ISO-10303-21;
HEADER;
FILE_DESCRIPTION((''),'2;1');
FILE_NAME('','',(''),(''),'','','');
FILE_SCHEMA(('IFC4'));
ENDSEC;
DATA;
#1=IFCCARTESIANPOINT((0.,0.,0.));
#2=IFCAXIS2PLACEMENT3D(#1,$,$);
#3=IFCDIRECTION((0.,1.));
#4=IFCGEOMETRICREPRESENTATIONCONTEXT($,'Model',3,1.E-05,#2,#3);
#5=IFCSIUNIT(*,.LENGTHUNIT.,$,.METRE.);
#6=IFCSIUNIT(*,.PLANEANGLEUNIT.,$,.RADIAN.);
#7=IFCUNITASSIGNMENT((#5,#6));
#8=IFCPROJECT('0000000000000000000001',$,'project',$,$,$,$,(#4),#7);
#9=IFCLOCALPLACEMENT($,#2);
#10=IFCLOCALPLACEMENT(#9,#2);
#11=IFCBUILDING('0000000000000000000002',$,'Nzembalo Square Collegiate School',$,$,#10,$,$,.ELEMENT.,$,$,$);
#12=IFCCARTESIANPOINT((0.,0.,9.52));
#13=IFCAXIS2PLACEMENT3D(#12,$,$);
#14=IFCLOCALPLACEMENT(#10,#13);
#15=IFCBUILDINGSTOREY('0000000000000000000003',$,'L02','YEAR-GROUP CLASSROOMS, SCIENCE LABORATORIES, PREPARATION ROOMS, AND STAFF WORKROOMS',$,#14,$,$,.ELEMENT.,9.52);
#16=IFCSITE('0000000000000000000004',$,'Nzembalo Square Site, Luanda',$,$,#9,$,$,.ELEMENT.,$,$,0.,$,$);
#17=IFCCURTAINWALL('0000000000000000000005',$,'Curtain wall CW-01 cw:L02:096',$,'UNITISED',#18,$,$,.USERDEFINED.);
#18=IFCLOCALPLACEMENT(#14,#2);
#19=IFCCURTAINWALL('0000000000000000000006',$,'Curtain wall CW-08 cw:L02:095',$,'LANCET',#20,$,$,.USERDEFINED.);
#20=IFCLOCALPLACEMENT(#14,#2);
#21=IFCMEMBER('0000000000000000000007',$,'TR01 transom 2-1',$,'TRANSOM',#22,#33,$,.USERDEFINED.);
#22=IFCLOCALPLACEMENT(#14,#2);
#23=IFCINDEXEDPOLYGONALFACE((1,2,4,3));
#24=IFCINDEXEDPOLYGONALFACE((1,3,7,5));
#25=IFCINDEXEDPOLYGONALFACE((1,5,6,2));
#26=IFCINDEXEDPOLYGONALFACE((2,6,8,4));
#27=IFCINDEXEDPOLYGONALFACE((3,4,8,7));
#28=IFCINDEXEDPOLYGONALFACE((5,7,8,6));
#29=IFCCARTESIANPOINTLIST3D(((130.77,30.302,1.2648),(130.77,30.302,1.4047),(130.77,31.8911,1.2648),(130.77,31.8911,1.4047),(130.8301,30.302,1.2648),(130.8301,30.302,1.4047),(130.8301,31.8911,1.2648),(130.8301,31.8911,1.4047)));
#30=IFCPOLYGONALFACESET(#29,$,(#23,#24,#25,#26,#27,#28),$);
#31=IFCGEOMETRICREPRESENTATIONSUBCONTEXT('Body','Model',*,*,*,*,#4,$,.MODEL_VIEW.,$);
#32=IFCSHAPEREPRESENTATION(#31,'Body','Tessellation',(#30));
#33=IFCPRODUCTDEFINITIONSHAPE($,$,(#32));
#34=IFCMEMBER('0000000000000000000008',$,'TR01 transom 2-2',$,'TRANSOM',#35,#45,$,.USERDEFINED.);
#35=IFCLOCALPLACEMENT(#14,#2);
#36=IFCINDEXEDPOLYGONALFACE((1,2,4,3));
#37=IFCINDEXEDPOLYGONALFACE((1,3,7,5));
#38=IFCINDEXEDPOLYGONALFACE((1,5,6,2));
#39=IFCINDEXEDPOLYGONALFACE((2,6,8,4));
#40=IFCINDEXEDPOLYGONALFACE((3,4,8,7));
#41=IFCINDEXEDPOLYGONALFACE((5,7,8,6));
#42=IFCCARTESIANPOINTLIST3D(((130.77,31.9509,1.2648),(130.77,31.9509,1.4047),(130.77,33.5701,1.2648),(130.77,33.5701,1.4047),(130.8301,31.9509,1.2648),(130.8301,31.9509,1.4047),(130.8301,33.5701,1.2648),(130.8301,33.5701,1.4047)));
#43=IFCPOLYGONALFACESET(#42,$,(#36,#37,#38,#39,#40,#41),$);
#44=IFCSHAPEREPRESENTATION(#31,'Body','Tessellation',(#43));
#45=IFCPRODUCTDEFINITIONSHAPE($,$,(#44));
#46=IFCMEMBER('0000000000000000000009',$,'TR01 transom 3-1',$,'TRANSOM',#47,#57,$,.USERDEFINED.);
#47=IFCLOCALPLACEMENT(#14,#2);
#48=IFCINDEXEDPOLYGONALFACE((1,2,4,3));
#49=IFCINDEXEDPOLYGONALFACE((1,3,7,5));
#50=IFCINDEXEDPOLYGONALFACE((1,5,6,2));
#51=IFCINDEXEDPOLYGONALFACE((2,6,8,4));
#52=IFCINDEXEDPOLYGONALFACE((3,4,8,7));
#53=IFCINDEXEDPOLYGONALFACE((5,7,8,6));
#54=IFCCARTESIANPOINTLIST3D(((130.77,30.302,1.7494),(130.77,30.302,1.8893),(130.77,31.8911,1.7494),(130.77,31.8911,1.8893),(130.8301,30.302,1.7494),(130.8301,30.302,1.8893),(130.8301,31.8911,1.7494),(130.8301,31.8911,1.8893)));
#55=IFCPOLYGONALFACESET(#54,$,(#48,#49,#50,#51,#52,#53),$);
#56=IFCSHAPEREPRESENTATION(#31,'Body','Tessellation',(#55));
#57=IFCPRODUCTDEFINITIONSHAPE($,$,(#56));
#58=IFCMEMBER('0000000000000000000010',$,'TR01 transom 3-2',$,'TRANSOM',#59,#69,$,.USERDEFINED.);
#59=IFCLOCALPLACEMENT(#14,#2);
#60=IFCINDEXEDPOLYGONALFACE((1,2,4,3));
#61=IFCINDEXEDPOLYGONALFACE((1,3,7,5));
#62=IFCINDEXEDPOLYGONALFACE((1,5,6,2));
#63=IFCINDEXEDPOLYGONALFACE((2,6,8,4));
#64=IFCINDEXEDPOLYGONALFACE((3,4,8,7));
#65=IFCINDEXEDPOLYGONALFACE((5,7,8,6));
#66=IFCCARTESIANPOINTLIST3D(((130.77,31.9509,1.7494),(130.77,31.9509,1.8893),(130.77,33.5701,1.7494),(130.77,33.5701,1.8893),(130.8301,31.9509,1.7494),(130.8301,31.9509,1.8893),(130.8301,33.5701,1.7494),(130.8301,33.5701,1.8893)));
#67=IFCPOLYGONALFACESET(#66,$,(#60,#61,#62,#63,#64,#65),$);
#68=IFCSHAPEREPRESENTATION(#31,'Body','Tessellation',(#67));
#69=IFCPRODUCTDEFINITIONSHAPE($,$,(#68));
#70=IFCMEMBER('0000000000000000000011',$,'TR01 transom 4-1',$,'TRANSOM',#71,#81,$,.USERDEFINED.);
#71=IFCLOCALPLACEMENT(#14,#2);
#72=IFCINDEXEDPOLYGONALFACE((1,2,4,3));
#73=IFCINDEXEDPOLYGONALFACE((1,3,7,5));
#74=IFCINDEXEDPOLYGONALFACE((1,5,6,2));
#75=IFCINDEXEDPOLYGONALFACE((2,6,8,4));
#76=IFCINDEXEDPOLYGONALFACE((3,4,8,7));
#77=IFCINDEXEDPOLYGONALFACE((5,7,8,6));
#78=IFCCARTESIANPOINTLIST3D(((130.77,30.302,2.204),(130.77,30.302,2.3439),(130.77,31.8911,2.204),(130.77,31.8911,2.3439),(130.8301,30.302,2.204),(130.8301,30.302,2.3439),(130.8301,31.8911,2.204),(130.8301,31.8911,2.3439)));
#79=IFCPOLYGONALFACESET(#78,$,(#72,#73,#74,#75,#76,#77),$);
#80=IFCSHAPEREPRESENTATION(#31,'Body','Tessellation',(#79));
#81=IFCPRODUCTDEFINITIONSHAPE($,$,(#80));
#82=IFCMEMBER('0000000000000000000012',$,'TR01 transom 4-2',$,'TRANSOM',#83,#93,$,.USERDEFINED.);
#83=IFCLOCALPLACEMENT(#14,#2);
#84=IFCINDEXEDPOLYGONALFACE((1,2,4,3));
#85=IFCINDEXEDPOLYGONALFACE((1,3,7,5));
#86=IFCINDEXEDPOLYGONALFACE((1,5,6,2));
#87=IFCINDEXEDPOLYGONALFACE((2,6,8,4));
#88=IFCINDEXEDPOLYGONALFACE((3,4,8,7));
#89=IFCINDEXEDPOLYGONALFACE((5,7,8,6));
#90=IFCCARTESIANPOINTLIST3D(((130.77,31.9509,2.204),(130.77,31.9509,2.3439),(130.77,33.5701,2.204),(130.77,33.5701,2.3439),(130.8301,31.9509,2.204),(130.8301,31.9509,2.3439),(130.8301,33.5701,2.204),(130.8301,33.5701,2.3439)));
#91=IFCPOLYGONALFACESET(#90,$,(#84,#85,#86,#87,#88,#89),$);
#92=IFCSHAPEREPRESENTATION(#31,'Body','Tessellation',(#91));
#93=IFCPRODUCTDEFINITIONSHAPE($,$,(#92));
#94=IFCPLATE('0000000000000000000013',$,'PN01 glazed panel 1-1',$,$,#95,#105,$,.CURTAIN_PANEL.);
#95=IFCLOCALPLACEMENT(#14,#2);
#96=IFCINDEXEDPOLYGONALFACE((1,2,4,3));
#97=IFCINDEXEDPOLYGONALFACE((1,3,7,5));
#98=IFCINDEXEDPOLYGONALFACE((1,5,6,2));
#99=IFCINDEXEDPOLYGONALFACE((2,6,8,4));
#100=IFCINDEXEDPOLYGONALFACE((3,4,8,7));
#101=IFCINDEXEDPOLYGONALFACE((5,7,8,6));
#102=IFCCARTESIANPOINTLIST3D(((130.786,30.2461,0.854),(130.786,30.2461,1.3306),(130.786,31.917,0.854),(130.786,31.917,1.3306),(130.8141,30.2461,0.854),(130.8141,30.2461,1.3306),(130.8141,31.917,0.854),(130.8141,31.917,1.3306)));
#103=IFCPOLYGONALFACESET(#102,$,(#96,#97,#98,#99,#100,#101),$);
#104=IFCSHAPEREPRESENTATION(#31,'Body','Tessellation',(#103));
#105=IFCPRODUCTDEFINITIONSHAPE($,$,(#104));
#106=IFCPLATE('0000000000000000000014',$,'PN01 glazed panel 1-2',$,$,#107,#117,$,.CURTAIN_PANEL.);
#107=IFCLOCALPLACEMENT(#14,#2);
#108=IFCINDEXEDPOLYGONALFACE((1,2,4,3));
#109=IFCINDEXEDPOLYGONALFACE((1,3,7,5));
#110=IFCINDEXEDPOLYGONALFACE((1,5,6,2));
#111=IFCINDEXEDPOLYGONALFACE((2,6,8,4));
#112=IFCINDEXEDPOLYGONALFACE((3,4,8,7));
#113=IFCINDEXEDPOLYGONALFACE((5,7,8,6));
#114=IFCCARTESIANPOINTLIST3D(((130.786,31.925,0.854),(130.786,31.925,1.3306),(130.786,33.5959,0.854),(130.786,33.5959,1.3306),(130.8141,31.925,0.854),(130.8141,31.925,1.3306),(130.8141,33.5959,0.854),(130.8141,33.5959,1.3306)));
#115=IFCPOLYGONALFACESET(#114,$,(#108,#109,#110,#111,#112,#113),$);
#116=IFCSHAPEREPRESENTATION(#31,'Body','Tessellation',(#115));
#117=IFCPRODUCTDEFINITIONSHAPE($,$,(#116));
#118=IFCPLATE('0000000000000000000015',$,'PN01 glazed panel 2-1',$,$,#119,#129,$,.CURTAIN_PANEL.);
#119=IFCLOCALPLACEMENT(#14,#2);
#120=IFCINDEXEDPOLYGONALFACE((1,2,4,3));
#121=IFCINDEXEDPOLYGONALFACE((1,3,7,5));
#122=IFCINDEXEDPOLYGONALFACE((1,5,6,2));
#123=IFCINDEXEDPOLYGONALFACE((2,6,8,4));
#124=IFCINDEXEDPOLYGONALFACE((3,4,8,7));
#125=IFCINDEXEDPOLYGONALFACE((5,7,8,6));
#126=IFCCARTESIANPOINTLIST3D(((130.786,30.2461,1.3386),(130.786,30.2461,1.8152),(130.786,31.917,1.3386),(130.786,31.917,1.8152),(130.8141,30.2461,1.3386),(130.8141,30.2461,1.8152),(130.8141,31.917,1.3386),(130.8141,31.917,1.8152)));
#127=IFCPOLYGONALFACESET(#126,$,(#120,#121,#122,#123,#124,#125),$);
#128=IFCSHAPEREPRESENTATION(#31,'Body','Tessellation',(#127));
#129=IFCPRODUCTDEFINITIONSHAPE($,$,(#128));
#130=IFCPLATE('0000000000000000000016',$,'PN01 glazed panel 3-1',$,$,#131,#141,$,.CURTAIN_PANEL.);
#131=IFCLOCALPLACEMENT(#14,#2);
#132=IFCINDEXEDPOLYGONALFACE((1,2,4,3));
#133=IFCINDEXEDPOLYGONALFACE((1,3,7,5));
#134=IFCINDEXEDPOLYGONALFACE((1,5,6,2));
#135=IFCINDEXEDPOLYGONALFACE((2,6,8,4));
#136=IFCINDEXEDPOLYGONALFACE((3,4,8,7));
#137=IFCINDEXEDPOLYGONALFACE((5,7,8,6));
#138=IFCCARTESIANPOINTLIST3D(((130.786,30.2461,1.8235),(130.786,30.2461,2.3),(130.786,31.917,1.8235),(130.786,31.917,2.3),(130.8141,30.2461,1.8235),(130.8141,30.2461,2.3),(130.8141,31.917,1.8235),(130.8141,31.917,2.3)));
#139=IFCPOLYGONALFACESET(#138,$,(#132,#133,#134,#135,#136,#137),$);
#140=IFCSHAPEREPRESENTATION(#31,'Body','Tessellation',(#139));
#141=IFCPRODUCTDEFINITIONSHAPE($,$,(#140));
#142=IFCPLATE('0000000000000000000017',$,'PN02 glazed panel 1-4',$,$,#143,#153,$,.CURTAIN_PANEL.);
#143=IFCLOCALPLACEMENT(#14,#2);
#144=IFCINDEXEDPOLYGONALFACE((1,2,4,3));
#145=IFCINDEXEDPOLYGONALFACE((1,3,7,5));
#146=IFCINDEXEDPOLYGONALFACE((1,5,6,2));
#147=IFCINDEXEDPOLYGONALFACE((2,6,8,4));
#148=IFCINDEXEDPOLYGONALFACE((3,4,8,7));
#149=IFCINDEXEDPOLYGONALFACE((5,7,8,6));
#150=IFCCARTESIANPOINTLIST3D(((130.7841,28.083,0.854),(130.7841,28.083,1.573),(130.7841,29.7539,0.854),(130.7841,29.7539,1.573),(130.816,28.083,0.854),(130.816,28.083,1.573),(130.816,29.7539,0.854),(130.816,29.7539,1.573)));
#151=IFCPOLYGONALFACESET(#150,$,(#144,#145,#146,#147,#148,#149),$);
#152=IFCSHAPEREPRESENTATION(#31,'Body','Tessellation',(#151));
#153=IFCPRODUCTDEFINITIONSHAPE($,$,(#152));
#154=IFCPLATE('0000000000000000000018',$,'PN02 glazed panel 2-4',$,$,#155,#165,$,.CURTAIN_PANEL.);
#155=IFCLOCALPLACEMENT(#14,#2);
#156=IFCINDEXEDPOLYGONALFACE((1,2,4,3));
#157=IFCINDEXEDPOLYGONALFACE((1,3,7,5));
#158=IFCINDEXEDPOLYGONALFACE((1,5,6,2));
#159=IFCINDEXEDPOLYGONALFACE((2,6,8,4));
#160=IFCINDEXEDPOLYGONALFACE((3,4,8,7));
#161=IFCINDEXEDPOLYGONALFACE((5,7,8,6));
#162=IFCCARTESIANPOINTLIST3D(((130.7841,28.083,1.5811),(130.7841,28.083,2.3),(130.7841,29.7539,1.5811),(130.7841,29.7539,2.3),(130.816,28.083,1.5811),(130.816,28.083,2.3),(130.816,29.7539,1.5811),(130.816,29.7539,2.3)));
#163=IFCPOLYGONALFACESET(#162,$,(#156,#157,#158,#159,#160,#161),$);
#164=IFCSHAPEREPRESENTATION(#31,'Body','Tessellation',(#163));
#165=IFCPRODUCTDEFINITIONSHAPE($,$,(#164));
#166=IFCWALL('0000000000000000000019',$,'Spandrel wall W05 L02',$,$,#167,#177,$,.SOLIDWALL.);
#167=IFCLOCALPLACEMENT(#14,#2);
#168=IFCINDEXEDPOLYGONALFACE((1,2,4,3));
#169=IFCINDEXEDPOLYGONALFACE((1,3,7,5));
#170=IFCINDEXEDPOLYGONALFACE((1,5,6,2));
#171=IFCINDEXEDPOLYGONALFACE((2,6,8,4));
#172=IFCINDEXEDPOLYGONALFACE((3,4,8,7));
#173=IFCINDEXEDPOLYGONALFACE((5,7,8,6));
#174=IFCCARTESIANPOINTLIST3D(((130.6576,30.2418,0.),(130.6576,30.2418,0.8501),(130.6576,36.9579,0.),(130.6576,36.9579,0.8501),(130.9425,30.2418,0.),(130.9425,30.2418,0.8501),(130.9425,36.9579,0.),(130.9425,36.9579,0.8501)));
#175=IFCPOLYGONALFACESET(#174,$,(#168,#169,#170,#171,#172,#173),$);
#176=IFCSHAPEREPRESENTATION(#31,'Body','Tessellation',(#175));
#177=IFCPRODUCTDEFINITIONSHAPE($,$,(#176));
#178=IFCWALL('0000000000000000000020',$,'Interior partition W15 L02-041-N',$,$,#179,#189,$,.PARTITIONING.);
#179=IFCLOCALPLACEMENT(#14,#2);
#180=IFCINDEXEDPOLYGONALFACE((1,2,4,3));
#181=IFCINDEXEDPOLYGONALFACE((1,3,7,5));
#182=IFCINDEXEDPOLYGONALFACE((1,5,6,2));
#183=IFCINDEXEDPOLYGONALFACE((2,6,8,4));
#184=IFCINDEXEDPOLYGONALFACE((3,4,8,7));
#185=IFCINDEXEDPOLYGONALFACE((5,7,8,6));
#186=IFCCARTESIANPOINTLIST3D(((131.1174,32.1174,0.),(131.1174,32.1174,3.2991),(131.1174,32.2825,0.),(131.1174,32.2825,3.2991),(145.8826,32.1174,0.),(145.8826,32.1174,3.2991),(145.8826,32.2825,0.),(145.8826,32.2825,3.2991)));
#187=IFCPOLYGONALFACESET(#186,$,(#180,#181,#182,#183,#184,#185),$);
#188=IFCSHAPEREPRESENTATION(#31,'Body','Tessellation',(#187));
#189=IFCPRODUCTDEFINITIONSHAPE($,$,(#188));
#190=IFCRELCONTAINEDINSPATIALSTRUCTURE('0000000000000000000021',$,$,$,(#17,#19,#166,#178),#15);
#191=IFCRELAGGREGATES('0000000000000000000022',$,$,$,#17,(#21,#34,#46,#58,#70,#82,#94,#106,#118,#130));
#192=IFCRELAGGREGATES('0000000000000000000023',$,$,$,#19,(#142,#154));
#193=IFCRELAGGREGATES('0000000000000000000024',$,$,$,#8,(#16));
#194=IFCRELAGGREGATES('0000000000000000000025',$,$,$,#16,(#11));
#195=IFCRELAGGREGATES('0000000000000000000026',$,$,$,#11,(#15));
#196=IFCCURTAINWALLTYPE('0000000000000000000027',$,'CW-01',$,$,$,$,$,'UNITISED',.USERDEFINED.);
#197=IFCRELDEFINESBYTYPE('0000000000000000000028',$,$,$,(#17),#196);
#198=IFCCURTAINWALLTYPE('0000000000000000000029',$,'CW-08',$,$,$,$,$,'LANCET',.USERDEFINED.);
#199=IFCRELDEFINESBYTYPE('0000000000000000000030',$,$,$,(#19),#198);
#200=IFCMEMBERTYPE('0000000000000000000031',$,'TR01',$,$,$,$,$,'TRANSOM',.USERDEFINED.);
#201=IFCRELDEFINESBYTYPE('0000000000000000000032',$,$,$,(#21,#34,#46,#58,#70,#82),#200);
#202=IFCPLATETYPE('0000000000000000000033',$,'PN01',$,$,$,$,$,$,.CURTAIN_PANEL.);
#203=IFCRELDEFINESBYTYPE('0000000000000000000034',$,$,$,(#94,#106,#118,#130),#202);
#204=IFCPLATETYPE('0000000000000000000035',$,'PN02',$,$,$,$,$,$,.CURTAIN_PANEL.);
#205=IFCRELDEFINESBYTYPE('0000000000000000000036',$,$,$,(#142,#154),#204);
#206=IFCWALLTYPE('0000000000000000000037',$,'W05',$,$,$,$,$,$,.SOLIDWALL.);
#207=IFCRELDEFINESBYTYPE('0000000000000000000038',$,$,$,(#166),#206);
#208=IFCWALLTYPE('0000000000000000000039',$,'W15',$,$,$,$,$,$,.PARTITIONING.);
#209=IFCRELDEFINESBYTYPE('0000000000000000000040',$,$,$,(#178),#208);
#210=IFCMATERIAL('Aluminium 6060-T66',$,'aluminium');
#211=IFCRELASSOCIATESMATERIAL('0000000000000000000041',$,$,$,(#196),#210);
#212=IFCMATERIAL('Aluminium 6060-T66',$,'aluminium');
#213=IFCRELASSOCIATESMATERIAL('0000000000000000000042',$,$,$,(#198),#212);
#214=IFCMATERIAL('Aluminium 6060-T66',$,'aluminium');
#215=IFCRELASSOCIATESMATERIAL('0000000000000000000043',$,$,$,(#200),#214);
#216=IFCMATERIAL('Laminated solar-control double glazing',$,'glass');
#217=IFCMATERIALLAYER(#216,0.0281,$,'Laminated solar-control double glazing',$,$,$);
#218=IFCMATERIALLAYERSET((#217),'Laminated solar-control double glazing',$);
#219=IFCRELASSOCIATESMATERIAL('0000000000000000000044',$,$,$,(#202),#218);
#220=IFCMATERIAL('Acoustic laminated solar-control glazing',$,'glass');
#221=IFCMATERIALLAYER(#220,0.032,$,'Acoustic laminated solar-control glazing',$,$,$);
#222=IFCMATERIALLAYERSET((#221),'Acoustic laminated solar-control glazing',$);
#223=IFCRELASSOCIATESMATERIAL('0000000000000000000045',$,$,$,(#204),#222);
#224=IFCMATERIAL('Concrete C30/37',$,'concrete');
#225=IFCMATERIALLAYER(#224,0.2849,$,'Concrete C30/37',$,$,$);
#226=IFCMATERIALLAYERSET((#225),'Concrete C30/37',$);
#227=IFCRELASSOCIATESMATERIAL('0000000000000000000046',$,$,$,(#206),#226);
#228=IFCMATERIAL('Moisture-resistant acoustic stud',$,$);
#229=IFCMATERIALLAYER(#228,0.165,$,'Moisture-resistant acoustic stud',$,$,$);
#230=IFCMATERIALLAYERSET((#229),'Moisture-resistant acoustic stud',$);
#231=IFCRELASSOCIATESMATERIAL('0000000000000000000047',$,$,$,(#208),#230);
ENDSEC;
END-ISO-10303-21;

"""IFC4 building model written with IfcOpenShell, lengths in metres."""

from ifc_helpers import new_model, si_unit, direction, frame, frame_2d, origin, origin_2d, place, context, subcontext, project, spatial, rectangle, extrude, material, layer, layer_set, material_profile, profile_set, type_object, element, aggregate, save


model = new_model("IFC4")

# Units and contexts
model_context = context("Model", 3, precision=1e-05, world=origin(), true_north=direction((0.0, 1.0)))
body_context = subcontext(model_context, "Body", "Model", "MODEL_VIEW")
ifc_project = project(units=[si_unit("LENGTHUNIT", "METRE"), si_unit("PLANEANGLEUNIT", "RADIAN")], contexts=[model_context])

# Site, building, storey
site_placement = place(None, origin())
site = spatial("IfcSite", under=ifc_project, at=site_placement, Name="Nzembalo Square Site, Luanda", CompositionType="ELEMENT", RefElevation=0.0)
building_placement = place(site_placement, origin())
building = spatial("IfcBuilding", under=site, at=building_placement, Name="Nzembalo Square Collegiate School", CompositionType="ELEMENT")
storey_placement = place(building_placement, frame((0.0, 0.0, 9.52)))
storey = spatial("IfcBuildingStorey", under=building, at=storey_placement, Name="L02", Description="YEAR-GROUP CLASSROOMS, SCIENCE LABORATORIES, PREPARATION ROOMS, AND STAFF WORKROOMS", CompositionType="ELEMENT", Elevation=9.52)

# Curtain wall
ifc_material_1 = material(Name="Aluminium 6060-T66", Category="aluminium")
curtain_wall_type_1 = type_object("IfcCurtainWallType", Name="CW-01", ElementType="UNITISED", PredefinedType="USERDEFINED", material=ifc_material_1)
curtain_wall_1_placement = place(storey_placement, origin())
curtain_wall_1 = element("IfcCurtainWall", 1, at=curtain_wall_1_placement, inside=storey, type_object=curtain_wall_type_1, Name="Curtain wall CW-01 cw:L02:096", ObjectType="UNITISED", PredefinedType="USERDEFINED")

# Curtain wall
ifc_material_2 = material(Name="Aluminium 6060-T66", Category="aluminium")
curtain_wall_type_2 = type_object("IfcCurtainWallType", Name="CW-08", ElementType="LANCET", PredefinedType="USERDEFINED", material=ifc_material_2)
curtain_wall_2_placement = place(storey_placement, origin())
curtain_wall_2 = element("IfcCurtainWall", 2, at=curtain_wall_2_placement, inside=storey, type_object=curtain_wall_type_2, Name="Curtain wall CW-08 cw:L02:095", ObjectType="LANCET", PredefinedType="USERDEFINED")

# Members
ifc_material_3 = material(Name="Aluminium 6060-T66", Category="aluminium")
ifc_material_profile_1 = material_profile(ifc_material_3, rectangle(XDim=0.0601, YDim=0.1399, at=origin_2d()), Name="ALU T60x140")
ifc_profile_set_1 = profile_set([ifc_material_profile_1], Name="Aluminium 6060-T66")
member_type_1 = type_object("IfcMemberType", Name="TR01", ElementType="TRANSOM", PredefinedType="USERDEFINED", material=ifc_profile_set_1)
member_1_placement = place(storey_placement, frame((130.8, 30.302, 1.3347), z_axis=(0.0, 1.0, 0.0), x_axis=(-1.0, 0.0, 0.0)))
member_1 = element("IfcMember", 3, at=member_1_placement, type_object=member_type_1, Name="TR01 transom 2-1", ObjectType="TRANSOM", PredefinedType="USERDEFINED", context=body_context, shape_type="SweptSolid", body=[
    extrude(rectangle(XDim=0.0601, YDim=0.1399, at=origin_2d()), origin(), (0.0, 0.0, 1.0), 1.5891),
])
member_2_placement = place(storey_placement, frame((130.8, 31.9509, 1.3347), z_axis=(0.0, 1.0, 0.0), x_axis=(-1.0, 0.0, 0.0)))
member_2 = element("IfcMember", 4, at=member_2_placement, type_object=member_type_1, Name="TR01 transom 2-2", ObjectType="TRANSOM", PredefinedType="USERDEFINED", context=body_context, shape_type="SweptSolid", body=[
    extrude(rectangle(XDim=0.0601, YDim=0.1399, at=origin_2d()), origin(), (0.0, 0.0, 1.0), 1.6191),
])
member_3_placement = place(storey_placement, frame((130.8, 30.302, 1.8193), z_axis=(0.0, 1.0, 0.0), x_axis=(-1.0, 0.0, 0.0)))
member_3 = element("IfcMember", 5, at=member_3_placement, type_object=member_type_1, Name="TR01 transom 3-1", ObjectType="TRANSOM", PredefinedType="USERDEFINED", context=body_context, shape_type="SweptSolid", body=[
    extrude(rectangle(XDim=0.0601, YDim=0.1399, at=origin_2d()), origin(), (0.0, 0.0, 1.0), 1.5891),
])
member_4_placement = place(storey_placement, frame((130.8, 31.9509, 1.8193), z_axis=(0.0, 1.0, 0.0), x_axis=(-1.0, 0.0, 0.0)))
member_4 = element("IfcMember", 6, at=member_4_placement, type_object=member_type_1, Name="TR01 transom 3-2", ObjectType="TRANSOM", PredefinedType="USERDEFINED", context=body_context, shape_type="SweptSolid", body=[
    extrude(rectangle(XDim=0.0601, YDim=0.1399, at=origin_2d()), origin(), (0.0, 0.0, 1.0), 1.6191),
])
member_5_placement = place(storey_placement, frame((130.8, 30.302, 2.2739), z_axis=(0.0, 1.0, 0.0), x_axis=(-1.0, 0.0, 0.0)))
member_5 = element("IfcMember", 7, at=member_5_placement, type_object=member_type_1, Name="TR01 transom 4-1", ObjectType="TRANSOM", PredefinedType="USERDEFINED", context=body_context, shape_type="SweptSolid", body=[
    extrude(rectangle(XDim=0.0601, YDim=0.1399, at=origin_2d()), origin(), (0.0, 0.0, 1.0), 1.5891),
])
member_6_placement = place(storey_placement, frame((130.8, 31.9509, 2.2739), z_axis=(0.0, 1.0, 0.0), x_axis=(-1.0, 0.0, 0.0)))
member_6 = element("IfcMember", 8, at=member_6_placement, type_object=member_type_1, Name="TR01 transom 4-2", ObjectType="TRANSOM", PredefinedType="USERDEFINED", context=body_context, shape_type="SweptSolid", body=[
    extrude(rectangle(XDim=0.0601, YDim=0.1399, at=origin_2d()), origin(), (0.0, 0.0, 1.0), 1.6191),
])

# Plates
ifc_material_4 = material(Name="Laminated solar-control double glazing", Category="glass")
ifc_layer_1 = layer(ifc_material_4, 0.0281, Name="Laminated solar-control double glazing")
ifc_layer_set_1 = layer_set([ifc_layer_1], Name="Laminated solar-control double glazing")
plate_type_1 = type_object("IfcPlateType", Name="PN01", PredefinedType="CURTAIN_PANEL", material=ifc_layer_set_1)
plate_1_placement = place(storey_placement, frame((130.8, 31.0815, 0.854), z_axis=(0.0, 0.0, 1.0), x_axis=(0.0, 1.0, 0.0)))
plate_1 = element("IfcPlate", 9, at=plate_1_placement, type_object=plate_type_1, Name="PN01 glazed panel 1-1", PredefinedType="CURTAIN_PANEL", context=body_context, shape_type="SweptSolid", body=[
    extrude(rectangle(XDim=1.6709, YDim=0.0281, at=origin_2d()), origin(), (0.0, 0.0, 1.0), 0.4766),
])
plate_2_placement = place(storey_placement, frame((130.8, 32.7605, 0.854), z_axis=(0.0, 0.0, 1.0), x_axis=(0.0, 1.0, 0.0)))
plate_2 = element("IfcPlate", 10, at=plate_2_placement, type_object=plate_type_1, Name="PN01 glazed panel 1-2", PredefinedType="CURTAIN_PANEL", context=body_context, shape_type="SweptSolid", body=[
    extrude(rectangle(XDim=1.6709, YDim=0.0281, at=origin_2d()), origin(), (0.0, 0.0, 1.0), 0.4766),
])
plate_3_placement = place(storey_placement, frame((130.8, 31.0815, 1.3386), z_axis=(0.0, 0.0, 1.0), x_axis=(0.0, 1.0, 0.0)))
plate_3 = element("IfcPlate", 11, at=plate_3_placement, type_object=plate_type_1, Name="PN01 glazed panel 2-1", PredefinedType="CURTAIN_PANEL", context=body_context, shape_type="SweptSolid", body=[
    extrude(rectangle(XDim=1.6709, YDim=0.0281, at=origin_2d()), origin(), (0.0, 0.0, 1.0), 0.4766),
])
plate_4_placement = place(storey_placement, frame((130.8, 31.0815, 1.8235), z_axis=(0.0, 0.0, 1.0), x_axis=(0.0, 1.0, 0.0)))
plate_4 = element("IfcPlate", 12, at=plate_4_placement, type_object=plate_type_1, Name="PN01 glazed panel 3-1", PredefinedType="CURTAIN_PANEL", context=body_context, shape_type="SweptSolid", body=[
    extrude(rectangle(XDim=1.6709, YDim=0.0281, at=origin_2d()), origin(), (0.0, 0.0, 1.0), 0.4766),
])
aggregate(curtain_wall_1, [member_1, member_2, member_3, member_4, member_5, member_6, plate_1, plate_2, plate_3, plate_4])
ifc_material_5 = material(Name="Acoustic laminated solar-control glazing", Category="glass")
ifc_layer_2 = layer(ifc_material_5, 0.032, Name="Acoustic laminated solar-control glazing")
ifc_layer_set_2 = layer_set([ifc_layer_2], Name="Acoustic laminated solar-control glazing")
plate_type_2 = type_object("IfcPlateType", Name="PN02", PredefinedType="CURTAIN_PANEL", material=ifc_layer_set_2)
plate_5_placement = place(storey_placement, frame((130.8, 28.9185, 0.854), z_axis=(0.0, 0.0, 1.0), x_axis=(0.0, 1.0, 0.0)))
plate_5 = element("IfcPlate", 13, at=plate_5_placement, type_object=plate_type_2, Name="PN02 glazed panel 1-4", PredefinedType="CURTAIN_PANEL", context=body_context, shape_type="SweptSolid", body=[
    extrude(rectangle(XDim=1.6709, YDim=0.032, at=origin_2d()), origin(), (0.0, 0.0, 1.0), 0.719),
])
plate_6_placement = place(storey_placement, frame((130.8, 28.9185, 1.5811), z_axis=(0.0, 0.0, 1.0), x_axis=(0.0, 1.0, 0.0)))
plate_6 = element("IfcPlate", 14, at=plate_6_placement, type_object=plate_type_2, Name="PN02 glazed panel 2-4", PredefinedType="CURTAIN_PANEL", context=body_context, shape_type="SweptSolid", body=[
    extrude(rectangle(XDim=1.6709, YDim=0.032, at=origin_2d()), origin(), (0.0, 0.0, 1.0), 0.719),
])
aggregate(curtain_wall_2, [plate_5, plate_6])

# Walls
ifc_material_6 = material(Name="Concrete C30/37", Category="concrete")
ifc_layer_3 = layer(ifc_material_6, 0.2849, Name="Concrete C30/37")
ifc_layer_set_3 = layer_set([ifc_layer_3], Name="Concrete C30/37")
wall_type_1 = type_object("IfcWallType", Name="W05", PredefinedType="SOLIDWALL", material=ifc_layer_set_3)
wall_1_placement = place(storey_placement, frame((130.8, 30.2419, 0.0), z_axis=(0.0, 0.0, 1.0), x_axis=(0.0, 1.0, 0.0)))
element("IfcWall", 15, at=wall_1_placement, inside=storey, type_object=wall_type_1, Name="Spandrel wall W05 L02", PredefinedType="SOLIDWALL", context=body_context, shape_type="SweptSolid", body=[
    extrude(rectangle(XDim=6.7161, YDim=0.2849, at=frame_2d((3.3579, 0.0))), origin(), (0.0, 0.0, 1.0), 0.8501),
])
ifc_material_7 = material(Name="Moisture-resistant acoustic stud")
ifc_layer_4 = layer(ifc_material_7, 0.165, Name="Moisture-resistant acoustic stud")
ifc_layer_set_4 = layer_set([ifc_layer_4], Name="Moisture-resistant acoustic stud")
wall_type_2 = type_object("IfcWallType", Name="W15", PredefinedType="PARTITIONING", material=ifc_layer_set_4)
wall_2_placement = place(storey_placement, frame((131.1174, 32.2, 0.0), z_axis=(0.0, 0.0, 1.0), x_axis=(1.0, 0.0, 0.0)))
element("IfcWall", 16, at=wall_2_placement, inside=storey, type_object=wall_type_2, Name="Interior partition W15 L02-041-N", PredefinedType="PARTITIONING", context=body_context, shape_type="SweptSolid", body=[
    extrude(rectangle(XDim=14.7651, YDim=0.165, at=frame_2d((7.3826, 0.0))), origin(), (0.0, 0.0, 1.0), 3.2991),
])

save(model, "model.ifc")
